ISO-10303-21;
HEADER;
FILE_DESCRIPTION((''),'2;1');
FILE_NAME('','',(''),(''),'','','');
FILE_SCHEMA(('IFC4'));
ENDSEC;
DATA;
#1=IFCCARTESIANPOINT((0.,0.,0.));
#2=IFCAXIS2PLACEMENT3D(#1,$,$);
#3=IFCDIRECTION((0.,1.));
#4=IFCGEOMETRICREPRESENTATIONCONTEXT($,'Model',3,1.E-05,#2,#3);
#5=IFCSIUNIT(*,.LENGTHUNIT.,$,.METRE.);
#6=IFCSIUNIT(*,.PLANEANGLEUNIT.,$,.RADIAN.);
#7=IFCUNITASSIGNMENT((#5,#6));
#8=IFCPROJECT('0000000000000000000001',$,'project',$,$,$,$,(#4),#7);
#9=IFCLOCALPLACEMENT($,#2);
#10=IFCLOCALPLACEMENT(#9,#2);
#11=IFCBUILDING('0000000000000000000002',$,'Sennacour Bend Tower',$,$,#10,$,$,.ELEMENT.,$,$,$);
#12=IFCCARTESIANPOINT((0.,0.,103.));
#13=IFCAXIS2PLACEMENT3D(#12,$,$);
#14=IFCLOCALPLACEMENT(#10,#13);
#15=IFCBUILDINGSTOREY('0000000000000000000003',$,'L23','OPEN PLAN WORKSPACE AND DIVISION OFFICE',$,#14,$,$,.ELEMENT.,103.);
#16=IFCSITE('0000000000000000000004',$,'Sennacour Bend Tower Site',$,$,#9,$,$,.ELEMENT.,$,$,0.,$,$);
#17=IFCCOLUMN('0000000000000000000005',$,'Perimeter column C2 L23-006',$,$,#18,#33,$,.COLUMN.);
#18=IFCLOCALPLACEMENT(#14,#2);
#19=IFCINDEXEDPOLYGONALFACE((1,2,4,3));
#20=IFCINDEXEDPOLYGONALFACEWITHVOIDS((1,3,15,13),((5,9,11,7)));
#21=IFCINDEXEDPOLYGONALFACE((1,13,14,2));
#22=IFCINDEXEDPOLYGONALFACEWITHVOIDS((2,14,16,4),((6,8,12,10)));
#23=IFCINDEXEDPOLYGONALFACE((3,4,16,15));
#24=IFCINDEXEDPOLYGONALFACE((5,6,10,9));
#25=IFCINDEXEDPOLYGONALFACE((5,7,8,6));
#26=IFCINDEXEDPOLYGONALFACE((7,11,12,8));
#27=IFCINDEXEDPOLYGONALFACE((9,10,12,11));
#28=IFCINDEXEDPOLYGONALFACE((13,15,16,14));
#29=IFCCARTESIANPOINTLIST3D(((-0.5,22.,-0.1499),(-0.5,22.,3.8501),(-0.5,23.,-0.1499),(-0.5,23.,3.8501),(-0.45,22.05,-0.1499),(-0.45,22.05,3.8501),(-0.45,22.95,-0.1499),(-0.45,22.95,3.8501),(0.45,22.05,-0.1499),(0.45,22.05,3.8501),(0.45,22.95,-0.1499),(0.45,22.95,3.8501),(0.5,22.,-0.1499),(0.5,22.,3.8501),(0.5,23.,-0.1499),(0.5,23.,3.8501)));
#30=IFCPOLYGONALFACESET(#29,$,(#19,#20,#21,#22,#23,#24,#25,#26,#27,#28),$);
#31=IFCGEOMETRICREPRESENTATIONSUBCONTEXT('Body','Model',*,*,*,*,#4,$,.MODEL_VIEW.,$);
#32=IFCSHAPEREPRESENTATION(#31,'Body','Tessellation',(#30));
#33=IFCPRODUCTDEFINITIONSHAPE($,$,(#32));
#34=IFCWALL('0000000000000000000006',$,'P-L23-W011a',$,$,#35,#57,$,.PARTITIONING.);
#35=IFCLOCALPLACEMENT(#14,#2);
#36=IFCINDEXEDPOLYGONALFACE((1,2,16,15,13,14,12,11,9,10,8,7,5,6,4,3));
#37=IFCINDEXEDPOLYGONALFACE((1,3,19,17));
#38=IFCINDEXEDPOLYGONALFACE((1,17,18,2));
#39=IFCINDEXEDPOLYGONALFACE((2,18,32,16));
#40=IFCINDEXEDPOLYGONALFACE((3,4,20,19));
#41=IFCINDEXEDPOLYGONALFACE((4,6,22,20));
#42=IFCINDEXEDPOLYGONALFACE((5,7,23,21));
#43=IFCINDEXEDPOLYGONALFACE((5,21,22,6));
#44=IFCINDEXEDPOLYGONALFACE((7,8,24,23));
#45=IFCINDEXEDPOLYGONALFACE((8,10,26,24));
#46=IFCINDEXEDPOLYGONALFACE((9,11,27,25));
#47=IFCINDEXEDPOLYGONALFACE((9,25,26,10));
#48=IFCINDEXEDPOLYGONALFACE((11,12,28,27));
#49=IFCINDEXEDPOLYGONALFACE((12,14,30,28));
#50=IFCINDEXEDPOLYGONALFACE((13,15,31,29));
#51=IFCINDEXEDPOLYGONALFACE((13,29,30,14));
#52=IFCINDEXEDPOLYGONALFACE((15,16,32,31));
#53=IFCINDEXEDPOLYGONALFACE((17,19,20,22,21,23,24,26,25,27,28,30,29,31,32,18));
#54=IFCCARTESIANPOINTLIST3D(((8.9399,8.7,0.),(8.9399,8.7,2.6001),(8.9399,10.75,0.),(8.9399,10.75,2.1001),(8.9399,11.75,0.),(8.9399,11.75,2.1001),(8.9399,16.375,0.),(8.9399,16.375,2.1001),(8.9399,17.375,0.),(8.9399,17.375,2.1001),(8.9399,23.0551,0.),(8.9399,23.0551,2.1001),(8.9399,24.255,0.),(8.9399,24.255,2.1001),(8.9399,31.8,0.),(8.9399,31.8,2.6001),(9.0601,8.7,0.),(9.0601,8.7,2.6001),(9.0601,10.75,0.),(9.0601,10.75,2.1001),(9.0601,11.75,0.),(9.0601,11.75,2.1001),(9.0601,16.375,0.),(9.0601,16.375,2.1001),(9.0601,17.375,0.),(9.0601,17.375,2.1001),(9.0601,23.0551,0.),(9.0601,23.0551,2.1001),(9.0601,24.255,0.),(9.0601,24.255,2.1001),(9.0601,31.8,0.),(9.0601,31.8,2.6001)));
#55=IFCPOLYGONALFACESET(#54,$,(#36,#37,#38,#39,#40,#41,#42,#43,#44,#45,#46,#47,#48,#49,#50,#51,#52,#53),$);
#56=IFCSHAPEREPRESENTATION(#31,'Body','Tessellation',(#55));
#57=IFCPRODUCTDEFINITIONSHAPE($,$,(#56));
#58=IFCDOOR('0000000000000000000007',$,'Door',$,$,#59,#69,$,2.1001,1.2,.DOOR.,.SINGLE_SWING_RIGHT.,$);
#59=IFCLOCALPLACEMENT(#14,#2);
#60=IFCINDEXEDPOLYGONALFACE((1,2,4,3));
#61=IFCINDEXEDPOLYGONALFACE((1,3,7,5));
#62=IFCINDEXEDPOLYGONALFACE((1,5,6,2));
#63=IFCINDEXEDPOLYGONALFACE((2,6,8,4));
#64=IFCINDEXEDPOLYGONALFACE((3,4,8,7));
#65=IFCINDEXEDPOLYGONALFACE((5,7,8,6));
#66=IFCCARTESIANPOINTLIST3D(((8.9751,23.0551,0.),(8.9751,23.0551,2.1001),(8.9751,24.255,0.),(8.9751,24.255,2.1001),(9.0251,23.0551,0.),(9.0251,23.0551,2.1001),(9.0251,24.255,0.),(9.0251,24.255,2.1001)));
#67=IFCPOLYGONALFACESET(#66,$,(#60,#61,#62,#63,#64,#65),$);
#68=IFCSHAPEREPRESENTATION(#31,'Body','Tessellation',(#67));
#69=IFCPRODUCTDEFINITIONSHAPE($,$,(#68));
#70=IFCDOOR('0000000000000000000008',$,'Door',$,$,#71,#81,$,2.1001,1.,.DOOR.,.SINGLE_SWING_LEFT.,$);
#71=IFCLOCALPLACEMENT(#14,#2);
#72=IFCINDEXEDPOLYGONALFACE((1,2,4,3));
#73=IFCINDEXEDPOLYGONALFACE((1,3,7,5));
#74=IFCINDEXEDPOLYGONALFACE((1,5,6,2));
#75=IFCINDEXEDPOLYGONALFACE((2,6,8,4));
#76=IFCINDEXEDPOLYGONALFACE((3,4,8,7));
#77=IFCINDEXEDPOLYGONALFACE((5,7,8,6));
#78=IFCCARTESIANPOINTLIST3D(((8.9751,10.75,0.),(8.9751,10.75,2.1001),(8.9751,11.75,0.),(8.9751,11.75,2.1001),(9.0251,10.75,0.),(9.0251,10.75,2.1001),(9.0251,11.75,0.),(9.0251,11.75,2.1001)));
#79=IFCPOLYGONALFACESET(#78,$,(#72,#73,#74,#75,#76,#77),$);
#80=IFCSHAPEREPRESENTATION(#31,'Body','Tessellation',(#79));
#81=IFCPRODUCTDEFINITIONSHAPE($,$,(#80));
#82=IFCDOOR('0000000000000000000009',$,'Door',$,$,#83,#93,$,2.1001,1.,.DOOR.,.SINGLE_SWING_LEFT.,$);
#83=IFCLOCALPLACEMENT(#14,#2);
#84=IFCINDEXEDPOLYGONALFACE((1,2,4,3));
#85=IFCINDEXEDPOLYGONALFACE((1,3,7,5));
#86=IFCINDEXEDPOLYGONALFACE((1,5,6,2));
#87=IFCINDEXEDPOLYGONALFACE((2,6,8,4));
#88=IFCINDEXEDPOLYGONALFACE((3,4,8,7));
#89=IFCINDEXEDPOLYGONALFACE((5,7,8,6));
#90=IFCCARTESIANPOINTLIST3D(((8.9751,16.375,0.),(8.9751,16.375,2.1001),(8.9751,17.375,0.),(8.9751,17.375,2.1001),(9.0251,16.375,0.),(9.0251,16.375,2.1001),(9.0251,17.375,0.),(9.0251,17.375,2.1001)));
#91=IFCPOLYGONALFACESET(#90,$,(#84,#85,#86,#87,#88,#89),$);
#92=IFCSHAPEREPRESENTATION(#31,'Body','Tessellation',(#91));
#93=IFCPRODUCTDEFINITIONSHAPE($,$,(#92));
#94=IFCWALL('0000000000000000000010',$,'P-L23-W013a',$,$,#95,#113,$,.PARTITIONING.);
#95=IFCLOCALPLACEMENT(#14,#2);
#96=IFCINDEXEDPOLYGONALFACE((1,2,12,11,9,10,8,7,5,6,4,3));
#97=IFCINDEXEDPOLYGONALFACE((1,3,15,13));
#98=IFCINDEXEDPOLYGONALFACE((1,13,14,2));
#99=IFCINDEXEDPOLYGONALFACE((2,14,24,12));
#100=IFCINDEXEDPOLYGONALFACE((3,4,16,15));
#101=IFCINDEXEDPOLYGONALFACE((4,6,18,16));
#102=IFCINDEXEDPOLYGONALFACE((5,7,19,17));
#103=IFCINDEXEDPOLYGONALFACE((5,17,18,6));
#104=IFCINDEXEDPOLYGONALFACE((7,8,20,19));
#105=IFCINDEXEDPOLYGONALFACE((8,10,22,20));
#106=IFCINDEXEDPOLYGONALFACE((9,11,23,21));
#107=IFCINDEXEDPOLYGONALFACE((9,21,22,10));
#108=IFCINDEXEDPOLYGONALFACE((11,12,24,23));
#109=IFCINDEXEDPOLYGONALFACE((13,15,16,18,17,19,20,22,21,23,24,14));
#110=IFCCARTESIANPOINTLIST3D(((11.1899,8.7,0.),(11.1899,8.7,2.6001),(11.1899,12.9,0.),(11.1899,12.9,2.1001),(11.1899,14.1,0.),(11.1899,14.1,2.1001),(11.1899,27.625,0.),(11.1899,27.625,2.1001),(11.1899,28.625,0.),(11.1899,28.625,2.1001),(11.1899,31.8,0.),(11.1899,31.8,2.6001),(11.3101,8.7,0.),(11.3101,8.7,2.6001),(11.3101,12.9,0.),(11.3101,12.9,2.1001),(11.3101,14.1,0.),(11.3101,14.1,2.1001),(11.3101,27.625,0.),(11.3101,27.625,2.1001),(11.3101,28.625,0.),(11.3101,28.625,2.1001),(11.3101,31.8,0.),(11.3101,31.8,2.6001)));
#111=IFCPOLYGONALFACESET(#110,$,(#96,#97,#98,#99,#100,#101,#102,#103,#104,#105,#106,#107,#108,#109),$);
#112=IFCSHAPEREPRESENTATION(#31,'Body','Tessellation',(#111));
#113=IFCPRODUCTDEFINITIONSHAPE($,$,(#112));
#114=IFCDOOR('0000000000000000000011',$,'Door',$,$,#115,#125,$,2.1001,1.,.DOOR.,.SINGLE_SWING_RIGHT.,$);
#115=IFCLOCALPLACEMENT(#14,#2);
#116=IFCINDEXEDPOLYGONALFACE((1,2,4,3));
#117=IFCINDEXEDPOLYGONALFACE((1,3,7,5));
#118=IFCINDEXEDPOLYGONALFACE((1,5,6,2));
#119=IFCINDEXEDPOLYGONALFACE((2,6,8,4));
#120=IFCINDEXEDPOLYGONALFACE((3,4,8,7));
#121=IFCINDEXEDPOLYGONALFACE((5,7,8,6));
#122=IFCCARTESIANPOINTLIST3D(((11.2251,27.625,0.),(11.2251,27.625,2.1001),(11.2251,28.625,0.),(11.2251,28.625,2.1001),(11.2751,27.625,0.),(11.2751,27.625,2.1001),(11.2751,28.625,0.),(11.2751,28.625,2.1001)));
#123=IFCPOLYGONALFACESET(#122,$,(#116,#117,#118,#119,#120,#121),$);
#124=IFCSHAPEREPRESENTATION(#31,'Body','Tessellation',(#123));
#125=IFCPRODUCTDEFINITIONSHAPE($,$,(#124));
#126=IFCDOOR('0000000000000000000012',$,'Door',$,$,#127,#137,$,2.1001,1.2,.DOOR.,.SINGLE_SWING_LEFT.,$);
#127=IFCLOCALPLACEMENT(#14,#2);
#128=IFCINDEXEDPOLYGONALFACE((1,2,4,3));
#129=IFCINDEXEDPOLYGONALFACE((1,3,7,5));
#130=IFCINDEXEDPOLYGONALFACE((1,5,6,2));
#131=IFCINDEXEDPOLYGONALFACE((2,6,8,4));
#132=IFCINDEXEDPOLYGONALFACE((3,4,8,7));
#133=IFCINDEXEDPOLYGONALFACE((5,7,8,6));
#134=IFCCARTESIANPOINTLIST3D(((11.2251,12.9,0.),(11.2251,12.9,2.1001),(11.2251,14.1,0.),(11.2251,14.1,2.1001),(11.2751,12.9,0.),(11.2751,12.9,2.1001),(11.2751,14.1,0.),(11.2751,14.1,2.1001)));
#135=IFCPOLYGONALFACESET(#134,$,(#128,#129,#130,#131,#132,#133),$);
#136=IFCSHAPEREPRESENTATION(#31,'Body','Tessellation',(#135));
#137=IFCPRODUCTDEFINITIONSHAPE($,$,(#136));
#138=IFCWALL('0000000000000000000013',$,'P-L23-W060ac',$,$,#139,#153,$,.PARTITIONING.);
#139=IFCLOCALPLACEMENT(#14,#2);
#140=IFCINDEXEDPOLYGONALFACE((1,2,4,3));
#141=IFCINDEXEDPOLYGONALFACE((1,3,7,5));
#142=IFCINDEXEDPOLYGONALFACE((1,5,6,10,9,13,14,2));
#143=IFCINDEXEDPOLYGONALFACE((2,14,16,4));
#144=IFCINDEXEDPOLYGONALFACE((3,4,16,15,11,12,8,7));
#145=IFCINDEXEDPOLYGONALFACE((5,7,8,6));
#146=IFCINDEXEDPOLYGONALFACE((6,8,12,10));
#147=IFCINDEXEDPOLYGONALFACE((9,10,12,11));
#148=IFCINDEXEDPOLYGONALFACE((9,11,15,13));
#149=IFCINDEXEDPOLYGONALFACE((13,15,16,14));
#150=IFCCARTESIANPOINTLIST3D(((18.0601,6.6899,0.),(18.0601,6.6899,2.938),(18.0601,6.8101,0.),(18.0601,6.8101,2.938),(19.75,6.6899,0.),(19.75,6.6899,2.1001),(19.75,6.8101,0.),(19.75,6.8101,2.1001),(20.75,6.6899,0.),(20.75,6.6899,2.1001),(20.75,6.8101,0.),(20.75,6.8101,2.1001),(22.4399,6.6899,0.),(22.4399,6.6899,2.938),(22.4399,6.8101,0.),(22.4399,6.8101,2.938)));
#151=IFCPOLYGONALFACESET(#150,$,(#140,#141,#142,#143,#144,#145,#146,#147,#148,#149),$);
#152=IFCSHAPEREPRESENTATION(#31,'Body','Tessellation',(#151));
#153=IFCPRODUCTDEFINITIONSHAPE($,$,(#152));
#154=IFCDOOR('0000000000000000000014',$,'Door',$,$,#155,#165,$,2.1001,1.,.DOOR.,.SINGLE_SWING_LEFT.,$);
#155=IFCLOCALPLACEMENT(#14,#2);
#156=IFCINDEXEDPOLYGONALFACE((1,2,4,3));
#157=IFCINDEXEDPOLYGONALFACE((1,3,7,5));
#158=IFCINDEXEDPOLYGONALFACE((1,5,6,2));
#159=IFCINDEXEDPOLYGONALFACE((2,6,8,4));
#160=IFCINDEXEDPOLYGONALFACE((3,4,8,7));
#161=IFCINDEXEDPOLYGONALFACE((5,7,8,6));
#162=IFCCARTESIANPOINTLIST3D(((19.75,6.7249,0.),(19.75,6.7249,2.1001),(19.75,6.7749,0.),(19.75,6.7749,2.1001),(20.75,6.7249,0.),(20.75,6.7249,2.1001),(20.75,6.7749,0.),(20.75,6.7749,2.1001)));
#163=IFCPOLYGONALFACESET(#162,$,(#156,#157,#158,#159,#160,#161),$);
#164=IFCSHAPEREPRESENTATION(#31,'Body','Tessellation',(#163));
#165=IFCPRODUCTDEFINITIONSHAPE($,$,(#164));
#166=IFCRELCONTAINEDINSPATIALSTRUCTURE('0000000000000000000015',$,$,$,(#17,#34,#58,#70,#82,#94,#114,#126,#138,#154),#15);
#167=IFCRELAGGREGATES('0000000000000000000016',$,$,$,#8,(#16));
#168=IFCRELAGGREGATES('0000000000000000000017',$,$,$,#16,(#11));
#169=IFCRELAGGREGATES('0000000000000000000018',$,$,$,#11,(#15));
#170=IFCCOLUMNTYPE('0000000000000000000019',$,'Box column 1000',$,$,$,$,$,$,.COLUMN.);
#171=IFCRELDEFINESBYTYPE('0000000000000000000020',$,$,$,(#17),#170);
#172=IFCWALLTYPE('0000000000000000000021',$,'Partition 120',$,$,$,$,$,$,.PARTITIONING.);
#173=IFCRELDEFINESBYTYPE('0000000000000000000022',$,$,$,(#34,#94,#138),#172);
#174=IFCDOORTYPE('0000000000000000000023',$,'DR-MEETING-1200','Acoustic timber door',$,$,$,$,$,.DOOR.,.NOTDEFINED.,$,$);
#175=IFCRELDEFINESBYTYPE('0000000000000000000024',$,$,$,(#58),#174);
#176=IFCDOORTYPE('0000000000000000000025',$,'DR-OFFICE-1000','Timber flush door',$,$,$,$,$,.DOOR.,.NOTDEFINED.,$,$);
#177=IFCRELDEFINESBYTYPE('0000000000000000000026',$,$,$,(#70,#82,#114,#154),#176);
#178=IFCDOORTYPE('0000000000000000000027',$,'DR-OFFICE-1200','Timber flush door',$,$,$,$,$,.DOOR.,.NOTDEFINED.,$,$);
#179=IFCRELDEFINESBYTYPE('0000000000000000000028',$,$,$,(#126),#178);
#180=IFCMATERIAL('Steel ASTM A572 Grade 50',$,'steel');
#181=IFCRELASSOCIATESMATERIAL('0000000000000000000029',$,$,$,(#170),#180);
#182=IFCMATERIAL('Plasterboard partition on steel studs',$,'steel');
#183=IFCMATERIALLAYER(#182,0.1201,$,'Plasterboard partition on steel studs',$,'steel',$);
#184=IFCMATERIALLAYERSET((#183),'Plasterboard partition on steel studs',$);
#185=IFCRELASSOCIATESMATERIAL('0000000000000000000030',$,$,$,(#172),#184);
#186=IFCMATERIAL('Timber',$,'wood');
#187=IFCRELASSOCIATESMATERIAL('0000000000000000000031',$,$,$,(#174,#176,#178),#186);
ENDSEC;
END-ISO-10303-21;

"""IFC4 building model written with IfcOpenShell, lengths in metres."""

from ifc_helpers import new_model, si_unit, direction, frame, frame_2d, origin, origin_2d, place, context, subcontext, project, spatial, rectangle, hollow_rectangle, extrude, material, layer, layer_set, material_profile, profile_set, type_object, element, fill, save


model = new_model("IFC4")

# Units and contexts
model_context = context("Model", 3, precision=1e-05, world=origin(), true_north=direction((0.0, 1.0)))
body_context = subcontext(model_context, "Body", "Model", "MODEL_VIEW")
ifc_project = project(units=[si_unit("LENGTHUNIT", "METRE"), si_unit("PLANEANGLEUNIT", "RADIAN")], contexts=[model_context])

# Site, building, storey
site_placement = place(None, origin())
site = spatial("IfcSite", under=ifc_project, at=site_placement, Name="Sennacour Bend Tower Site", CompositionType="ELEMENT", RefElevation=0.0)
building_placement = place(site_placement, origin())
building = spatial("IfcBuilding", under=site, at=building_placement, Name="Sennacour Bend Tower", CompositionType="ELEMENT")
storey_placement = place(building_placement, frame((0.0, 0.0, 103.0)))
storey = spatial("IfcBuildingStorey", under=building, at=storey_placement, Name="L23", Description="OPEN PLAN WORKSPACE AND DIVISION OFFICE", CompositionType="ELEMENT", Elevation=103.0)

# Column
ifc_material_1 = material(Name="Steel ASTM A572 Grade 50", Category="steel")
ifc_material_profile = material_profile(ifc_material_1, hollow_rectangle(XDim=1.0, YDim=1.0, WallThickness=0.05, at=origin_2d()), Name="Steel ASTM A572 Grade 50", Category="steel")
ifc_profile_set = profile_set([ifc_material_profile], Name="Steel ASTM A572 Grade 50")
column_type = type_object("IfcColumnType", Name="Box column 1000", PredefinedType="COLUMN", material=ifc_profile_set)
column_placement = place(storey_placement, frame((0.0, 22.5, -0.1499), z_axis=(0.0, 0.0, 1.0), x_axis=(1.0, 0.0, 0.0)))
element("IfcColumn", 1, at=column_placement, inside=storey, type_object=column_type, Name="Perimeter column C2 L23-006", PredefinedType="COLUMN", context=body_context, shape_type="SweptSolid", body=[
    extrude(hollow_rectangle(XDim=1.0, YDim=1.0, WallThickness=0.05, at=origin_2d()), origin(), (0.0, 0.0, 1.0), 4.0),
])

# Walls, openings, doors
ifc_material_2 = material(Name="Plasterboard partition on steel studs", Category="steel")
ifc_layer_1 = layer(ifc_material_2, 0.1201, Name="Plasterboard partition on steel studs", Category="steel")
ifc_layer_set_1 = layer_set([ifc_layer_1], Name="Plasterboard partition on steel studs")
wall_type_1 = type_object("IfcWallType", Name="Partition 120", PredefinedType="PARTITIONING", material=ifc_layer_set_1)
wall_1_placement = place(storey_placement, frame((9.0, 8.7, 0.0), z_axis=(0.0, 0.0, 1.0), x_axis=(0.0, 1.0, 0.0)))
wall_1 = element("IfcWall", 2, at=wall_1_placement, inside=storey, type_object=wall_type_1, Name="P-L23-W011a", PredefinedType="PARTITIONING", context=body_context, shape_type="SweptSolid", body=[
    extrude(rectangle(XDim=23.1001, YDim=0.1201, at=frame_2d((11.55, 0.0))), origin(), (0.0, 0.0, 1.0), 2.6001),
])
opening_1_placement = place(wall_1_placement, frame((2.05, 0.0, 0.0)))
opening_1 = element("IfcOpeningElement", 3, at=opening_1_placement, cuts=wall_1, PredefinedType="OPENING", context=body_context, shape_type="SweptSolid", body=[
    extrude(rectangle(XDim=1.0, YDim=2.1001, at=frame_2d((0.5, 1.05))), frame((0.0, 0.0701, 0.0), z_axis=(0.0, -1.0, 0.0), x_axis=(1.0, 0.0, 0.0)), (0.0, 0.0, 1.0), 0.1401),
])
opening_2_placement = place(wall_1_placement, frame((7.675, 0.0, 0.0)))
opening_2 = element("IfcOpeningElement", 4, at=opening_2_placement, cuts=wall_1, PredefinedType="OPENING", context=body_context, shape_type="SweptSolid", body=[
    extrude(rectangle(XDim=1.0, YDim=2.1001, at=frame_2d((0.5, 1.05))), frame((0.0, 0.0701, 0.0), z_axis=(0.0, -1.0, 0.0), x_axis=(1.0, 0.0, 0.0)), (0.0, 0.0, 1.0), 0.1401),
])
opening_3_placement = place(wall_1_placement, frame((14.355, 0.0, 0.0)))
opening_3 = element("IfcOpeningElement", 5, at=opening_3_placement, cuts=wall_1, PredefinedType="OPENING", context=body_context, shape_type="SweptSolid", body=[
    extrude(rectangle(XDim=1.2, YDim=2.1001, at=frame_2d((0.6001, 1.05))), frame((0.0, 0.0701, 0.0), z_axis=(0.0, -1.0, 0.0), x_axis=(1.0, 0.0, 0.0)), (0.0, 0.0, 1.0), 0.1401),
])
ifc_material_3 = material(Name="Timber", Category="wood")
door_type_1 = type_object("IfcDoorType", Name="DR-MEETING-1200", Description="Acoustic timber door", OperationType="NOTDEFINED", PredefinedType="DOOR", material=ifc_material_3)
door_1_placement = place(opening_3_placement, origin())
door_1 = element("IfcDoor", 6, at=door_1_placement, inside=storey, type_object=door_type_1, Name="Door", OperationType="SINGLE_SWING_RIGHT", OverallHeight=2.1001, OverallWidth=1.2, PredefinedType="DOOR", context=body_context, shape_type="SweptSolid", body=[
    extrude(rectangle(XDim=1.2, YDim=2.1001, at=frame_2d((0.6001, 1.05))), frame((0.0, 0.0249, 0.0), z_axis=(0.0, -1.0, 0.0), x_axis=(1.0, 0.0, 0.0)), (0.0, 0.0, 1.0), 0.05),
])
fill(opening_3, door_1)
door_type_2 = type_object("IfcDoorType", Name="DR-OFFICE-1000", Description="Timber flush door", OperationType="NOTDEFINED", PredefinedType="DOOR", material=ifc_material_3)
door_2_placement = place(opening_1_placement, origin())
door_2 = element("IfcDoor", 7, at=door_2_placement, inside=storey, type_object=door_type_2, Name="Door", OperationType="SINGLE_SWING_LEFT", OverallHeight=2.1001, OverallWidth=1.0, PredefinedType="DOOR", context=body_context, shape_type="SweptSolid", body=[
    extrude(rectangle(XDim=1.0, YDim=2.1001, at=frame_2d((0.5, 1.05))), frame((0.0, 0.0249, 0.0), z_axis=(0.0, -1.0, 0.0), x_axis=(1.0, 0.0, 0.0)), (0.0, 0.0, 1.0), 0.05),
])
fill(opening_1, door_2)
door_3_placement = place(opening_2_placement, origin())
door_3 = element("IfcDoor", 8, at=door_3_placement, inside=storey, type_object=door_type_2, Name="Door", OperationType="SINGLE_SWING_LEFT", OverallHeight=2.1001, OverallWidth=1.0, PredefinedType="DOOR", context=body_context, shape_type="SweptSolid", body=[
    extrude(rectangle(XDim=1.0, YDim=2.1001, at=frame_2d((0.5, 1.05))), frame((0.0, 0.0249, 0.0), z_axis=(0.0, -1.0, 0.0), x_axis=(1.0, 0.0, 0.0)), (0.0, 0.0, 1.0), 0.05),
])
fill(opening_2, door_3)
wall_2_placement = place(storey_placement, frame((11.25, 8.7, 0.0), z_axis=(0.0, 0.0, 1.0), x_axis=(0.0, 1.0, 0.0)))
wall_2 = element("IfcWall", 9, at=wall_2_placement, inside=storey, type_object=wall_type_1, Name="P-L23-W013a", PredefinedType="PARTITIONING", context=body_context, shape_type="SweptSolid", body=[
    extrude(rectangle(XDim=23.1001, YDim=0.1201, at=frame_2d((11.55, 0.0))), origin(), (0.0, 0.0, 1.0), 2.6001),
])
opening_4_placement = place(wall_2_placement, frame((18.925, 0.0, 0.0)))
opening_4 = element("IfcOpeningElement", 10, at=opening_4_placement, cuts=wall_2, PredefinedType="OPENING", context=body_context, shape_type="SweptSolid", body=[
    extrude(rectangle(XDim=1.0, YDim=2.1001, at=frame_2d((0.5, 1.05))), frame((0.0, 0.0701, 0.0), z_axis=(0.0, -1.0, 0.0), x_axis=(1.0, 0.0, 0.0)), (0.0, 0.0, 1.0), 0.1401),
])
opening_5_placement = place(wall_2_placement, frame((4.2, 0.0, 0.0)))
opening_5 = element("IfcOpeningElement", 11, at=opening_5_placement, cuts=wall_2, PredefinedType="OPENING", context=body_context, shape_type="SweptSolid", body=[
    extrude(rectangle(XDim=1.2, YDim=2.1001, at=frame_2d((0.6001, 1.05))), frame((0.0, 0.0701, 0.0), z_axis=(0.0, -1.0, 0.0), x_axis=(1.0, 0.0, 0.0)), (0.0, 0.0, 1.0), 0.1401),
])
door_4_placement = place(opening_4_placement, origin())
door_4 = element("IfcDoor", 12, at=door_4_placement, inside=storey, type_object=door_type_2, Name="Door", OperationType="SINGLE_SWING_RIGHT", OverallHeight=2.1001, OverallWidth=1.0, PredefinedType="DOOR", context=body_context, shape_type="SweptSolid", body=[
    extrude(rectangle(XDim=1.0, YDim=2.1001, at=frame_2d((0.5, 1.05))), frame((0.0, 0.0249, 0.0), z_axis=(0.0, -1.0, 0.0), x_axis=(1.0, 0.0, 0.0)), (0.0, 0.0, 1.0), 0.05),
])
fill(opening_4, door_4)
door_type_3 = type_object("IfcDoorType", Name="DR-OFFICE-1200", Description="Timber flush door", OperationType="NOTDEFINED", PredefinedType="DOOR", material=ifc_material_3)
door_5_placement = place(opening_5_placement, origin())
door_5 = element("IfcDoor", 13, at=door_5_placement, inside=storey, type_object=door_type_3, Name="Door", OperationType="SINGLE_SWING_LEFT", OverallHeight=2.1001, OverallWidth=1.2, PredefinedType="DOOR", context=body_context, shape_type="SweptSolid", body=[
    extrude(rectangle(XDim=1.2, YDim=2.1001, at=frame_2d((0.6001, 1.05))), frame((0.0, 0.0249, 0.0), z_axis=(0.0, -1.0, 0.0), x_axis=(1.0, 0.0, 0.0)), (0.0, 0.0, 1.0), 0.05),
])
fill(opening_5, door_5)

# Wall, opening, door
wall_3_placement = place(storey_placement, frame((18.0601, 6.75, 0.0), z_axis=(0.0, 0.0, 1.0), x_axis=(1.0, 0.0, 0.0)))
wall_3 = element("IfcWall", 14, at=wall_3_placement, inside=storey, type_object=wall_type_1, Name="P-L23-W060ac", PredefinedType="PARTITIONING", context=body_context, shape_type="SweptSolid", body=[
    extrude(rectangle(XDim=4.3799, YDim=0.1201, at=frame_2d((2.1899, 0.0))), origin(), (0.0, 0.0, 1.0), 2.938),
])
opening_6_placement = place(wall_3_placement, frame((1.6899, 0.0, 0.0)))
opening_6 = element("IfcOpeningElement", 15, at=opening_6_placement, cuts=wall_3, PredefinedType="OPENING", context=body_context, shape_type="SweptSolid", body=[
    extrude(rectangle(XDim=1.0, YDim=2.1001, at=frame_2d((0.5, 1.05))), frame((0.0, 0.0701, 0.0), z_axis=(0.0, -1.0, 0.0), x_axis=(1.0, 0.0, 0.0)), (0.0, 0.0, 1.0), 0.1401),
])
door_6_placement = place(opening_6_placement, origin())
door_6 = element("IfcDoor", 16, at=door_6_placement, inside=storey, type_object=door_type_2, Name="Door", OperationType="SINGLE_SWING_LEFT", OverallHeight=2.1001, OverallWidth=1.0, PredefinedType="DOOR", context=body_context, shape_type="SweptSolid", body=[
    extrude(rectangle(XDim=1.0, YDim=2.1001, at=frame_2d((0.5, 1.05))), frame((0.0, 0.0249, 0.0), z_axis=(0.0, -1.0, 0.0), x_axis=(1.0, 0.0, 0.0)), (0.0, 0.0, 1.0), 0.05),
])
fill(opening_6, door_6)

save(model, "model.ifc")
